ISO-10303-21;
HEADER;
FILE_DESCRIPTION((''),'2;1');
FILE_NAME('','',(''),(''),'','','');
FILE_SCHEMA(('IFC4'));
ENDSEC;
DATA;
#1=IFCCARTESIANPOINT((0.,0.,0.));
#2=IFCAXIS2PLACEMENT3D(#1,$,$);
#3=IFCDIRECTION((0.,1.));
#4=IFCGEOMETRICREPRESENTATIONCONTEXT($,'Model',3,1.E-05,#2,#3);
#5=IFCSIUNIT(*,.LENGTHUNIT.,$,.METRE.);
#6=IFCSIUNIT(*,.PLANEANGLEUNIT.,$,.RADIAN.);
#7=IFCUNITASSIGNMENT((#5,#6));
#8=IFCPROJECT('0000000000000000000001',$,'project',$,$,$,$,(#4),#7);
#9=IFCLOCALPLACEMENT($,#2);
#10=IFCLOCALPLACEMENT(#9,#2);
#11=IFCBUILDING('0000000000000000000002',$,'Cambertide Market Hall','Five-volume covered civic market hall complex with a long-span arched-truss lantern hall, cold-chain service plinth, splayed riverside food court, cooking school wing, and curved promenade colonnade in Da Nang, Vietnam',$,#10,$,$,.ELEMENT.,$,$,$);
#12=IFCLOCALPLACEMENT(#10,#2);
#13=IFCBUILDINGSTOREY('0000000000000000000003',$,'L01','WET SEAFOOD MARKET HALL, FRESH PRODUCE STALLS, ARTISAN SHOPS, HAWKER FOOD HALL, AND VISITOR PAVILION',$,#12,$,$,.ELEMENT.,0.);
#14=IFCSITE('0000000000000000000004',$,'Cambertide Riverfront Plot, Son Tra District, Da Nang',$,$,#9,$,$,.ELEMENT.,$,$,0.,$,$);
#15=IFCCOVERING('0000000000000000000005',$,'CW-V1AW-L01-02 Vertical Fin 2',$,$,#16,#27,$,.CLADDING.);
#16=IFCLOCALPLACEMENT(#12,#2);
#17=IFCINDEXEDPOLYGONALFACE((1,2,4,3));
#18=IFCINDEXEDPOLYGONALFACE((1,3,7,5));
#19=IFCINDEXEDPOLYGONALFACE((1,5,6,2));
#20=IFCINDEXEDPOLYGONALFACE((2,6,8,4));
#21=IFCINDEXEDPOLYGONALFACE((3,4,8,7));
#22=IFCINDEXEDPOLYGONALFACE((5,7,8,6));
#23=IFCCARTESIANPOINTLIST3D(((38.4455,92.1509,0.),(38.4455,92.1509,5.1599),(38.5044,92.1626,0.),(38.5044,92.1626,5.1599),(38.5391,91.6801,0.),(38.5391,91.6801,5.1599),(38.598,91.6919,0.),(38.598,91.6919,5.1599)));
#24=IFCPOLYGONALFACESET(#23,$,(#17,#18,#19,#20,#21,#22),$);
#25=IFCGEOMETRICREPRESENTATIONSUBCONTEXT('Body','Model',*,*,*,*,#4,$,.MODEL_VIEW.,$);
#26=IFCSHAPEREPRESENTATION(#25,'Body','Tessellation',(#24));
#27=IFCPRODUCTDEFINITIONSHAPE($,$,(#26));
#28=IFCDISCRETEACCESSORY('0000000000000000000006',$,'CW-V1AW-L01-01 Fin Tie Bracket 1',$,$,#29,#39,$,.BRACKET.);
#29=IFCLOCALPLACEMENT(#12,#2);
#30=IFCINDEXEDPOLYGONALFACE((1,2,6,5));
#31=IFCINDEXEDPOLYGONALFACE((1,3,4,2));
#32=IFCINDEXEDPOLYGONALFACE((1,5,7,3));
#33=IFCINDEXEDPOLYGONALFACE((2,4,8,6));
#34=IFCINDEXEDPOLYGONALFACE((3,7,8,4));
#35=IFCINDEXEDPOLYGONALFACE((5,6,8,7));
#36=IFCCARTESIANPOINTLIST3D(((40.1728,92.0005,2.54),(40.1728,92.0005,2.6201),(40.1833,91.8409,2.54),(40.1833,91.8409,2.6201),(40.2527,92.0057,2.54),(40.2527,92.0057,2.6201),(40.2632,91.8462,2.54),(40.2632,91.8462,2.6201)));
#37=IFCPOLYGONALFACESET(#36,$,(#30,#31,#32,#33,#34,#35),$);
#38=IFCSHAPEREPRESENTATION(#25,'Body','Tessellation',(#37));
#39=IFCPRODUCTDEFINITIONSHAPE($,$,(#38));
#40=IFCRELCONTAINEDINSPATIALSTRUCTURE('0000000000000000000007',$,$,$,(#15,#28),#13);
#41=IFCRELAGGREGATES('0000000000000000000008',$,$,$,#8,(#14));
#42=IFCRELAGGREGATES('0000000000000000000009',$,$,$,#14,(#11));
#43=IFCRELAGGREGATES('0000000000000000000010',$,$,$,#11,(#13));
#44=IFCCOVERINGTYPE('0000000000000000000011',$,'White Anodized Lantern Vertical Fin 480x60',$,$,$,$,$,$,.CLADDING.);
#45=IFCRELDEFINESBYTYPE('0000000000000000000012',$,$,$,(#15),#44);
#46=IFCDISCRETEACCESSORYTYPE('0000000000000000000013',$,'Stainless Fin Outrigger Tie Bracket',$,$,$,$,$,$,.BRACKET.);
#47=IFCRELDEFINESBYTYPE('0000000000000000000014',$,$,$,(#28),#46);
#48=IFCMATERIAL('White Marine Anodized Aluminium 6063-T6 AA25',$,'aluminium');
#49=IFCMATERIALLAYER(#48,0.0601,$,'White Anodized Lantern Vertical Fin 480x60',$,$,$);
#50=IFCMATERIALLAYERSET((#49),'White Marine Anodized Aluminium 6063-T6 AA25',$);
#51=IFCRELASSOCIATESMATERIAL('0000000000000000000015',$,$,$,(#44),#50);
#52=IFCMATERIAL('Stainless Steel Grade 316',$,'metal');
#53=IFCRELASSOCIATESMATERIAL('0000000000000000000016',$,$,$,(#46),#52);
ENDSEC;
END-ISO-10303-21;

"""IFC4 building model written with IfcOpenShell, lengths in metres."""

from ifc_helpers import new_model, si_unit, direction, frame, origin, origin_2d, place, context, subcontext, project, spatial, rectangle, extrude, material, layer, layer_set, type_object, element, save


model = new_model("IFC4")

# Units and contexts
model_context = context("Model", 3, precision=1e-05, world=origin(), true_north=direction((0.0, 1.0)))
body_context = subcontext(model_context, "Body", "Model", "MODEL_VIEW")
ifc_project = project(units=[si_unit("LENGTHUNIT", "METRE"), si_unit("PLANEANGLEUNIT", "RADIAN")], contexts=[model_context])

# Site, building, storey
site_placement = place(None, origin())
site = spatial("IfcSite", under=ifc_project, at=site_placement, Name="Cambertide Riverfront Plot, Son Tra District, Da Nang", CompositionType="ELEMENT", RefElevation=0.0)
building_placement = place(site_placement, origin())
building = spatial("IfcBuilding", under=site, at=building_placement, Name="Cambertide Market Hall", Description="Five-volume covered civic market hall complex with a long-span arched-truss lantern hall, cold-chain service plinth, splayed riverside food court, cooking school wing, and curved promenade colonnade in Da Nang, Vietnam", CompositionType="ELEMENT")
storey_placement = place(building_placement, origin())
storey = spatial("IfcBuildingStorey", under=building, at=storey_placement, Name="L01", Description="WET SEAFOOD MARKET HALL, FRESH PRODUCE STALLS, ARTISAN SHOPS, HAWKER FOOD HALL, AND VISITOR PAVILION", CompositionType="ELEMENT", Elevation=0.0)

# Covering
ifc_material_1 = material(Name="White Marine Anodized Aluminium 6063-T6 AA25", Category="aluminium")
ifc_layer_1 = layer(ifc_material_1, 0.0601, Name="White Anodized Lantern Vertical Fin 480x60")
ifc_layer_set_1 = layer_set([ifc_layer_1], Name="White Marine Anodized Aluminium 6063-T6 AA25")
covering_type = type_object("IfcCoveringType", Name="White Anodized Lantern Vertical Fin 480x60", PredefinedType="CLADDING", material=ifc_layer_set_1)
for number, where, z_axis, x_axis, name in (
    (1, (38.5217, 91.9214, 0.0), (0.0, 0.0, 1.0), (0.980785, 0.19509, 0.0), "CW-V1AW-L01-02 Vertical Fin 2"),
):
    element("IfcCovering", number, at=place(storey_placement, frame(where, z_axis=z_axis, x_axis=x_axis)), inside=storey, type_object=covering_type, Name=name, PredefinedType="CLADDING", context=body_context, shape_type="SweptSolid", body=[
        extrude(rectangle(XDim=0.0601, YDim=0.48, at=origin_2d()), origin(), (0.0, 0.0, 1.0), 5.1599),
    ])

# Discrete accessory
ifc_material_2 = material(Name="Stainless Steel Grade 316", Category="metal")
discrete_accessory_type = type_object("IfcDiscreteAccessoryType", Name="Stainless Fin Outrigger Tie Bracket", PredefinedType="BRACKET", material=ifc_material_2)
discrete_accessory_placement = place(storey_placement, frame((40.218, 91.9233, 2.54), z_axis=(0.0, 0.0, 1.0), x_axis=(0.997859, 0.065403, 0.0)))
element("IfcDiscreteAccessory", 2, at=discrete_accessory_placement, inside=storey, type_object=discrete_accessory_type, Name="CW-V1AW-L01-01 Fin Tie Bracket 1", PredefinedType="BRACKET", context=body_context, shape_type="SweptSolid", body=[
    extrude(rectangle(XDim=0.0801, YDim=0.1599, at=origin_2d()), origin(), (0.0, 0.0, 1.0), 0.0801),
])

save(model, "model.ifc")
